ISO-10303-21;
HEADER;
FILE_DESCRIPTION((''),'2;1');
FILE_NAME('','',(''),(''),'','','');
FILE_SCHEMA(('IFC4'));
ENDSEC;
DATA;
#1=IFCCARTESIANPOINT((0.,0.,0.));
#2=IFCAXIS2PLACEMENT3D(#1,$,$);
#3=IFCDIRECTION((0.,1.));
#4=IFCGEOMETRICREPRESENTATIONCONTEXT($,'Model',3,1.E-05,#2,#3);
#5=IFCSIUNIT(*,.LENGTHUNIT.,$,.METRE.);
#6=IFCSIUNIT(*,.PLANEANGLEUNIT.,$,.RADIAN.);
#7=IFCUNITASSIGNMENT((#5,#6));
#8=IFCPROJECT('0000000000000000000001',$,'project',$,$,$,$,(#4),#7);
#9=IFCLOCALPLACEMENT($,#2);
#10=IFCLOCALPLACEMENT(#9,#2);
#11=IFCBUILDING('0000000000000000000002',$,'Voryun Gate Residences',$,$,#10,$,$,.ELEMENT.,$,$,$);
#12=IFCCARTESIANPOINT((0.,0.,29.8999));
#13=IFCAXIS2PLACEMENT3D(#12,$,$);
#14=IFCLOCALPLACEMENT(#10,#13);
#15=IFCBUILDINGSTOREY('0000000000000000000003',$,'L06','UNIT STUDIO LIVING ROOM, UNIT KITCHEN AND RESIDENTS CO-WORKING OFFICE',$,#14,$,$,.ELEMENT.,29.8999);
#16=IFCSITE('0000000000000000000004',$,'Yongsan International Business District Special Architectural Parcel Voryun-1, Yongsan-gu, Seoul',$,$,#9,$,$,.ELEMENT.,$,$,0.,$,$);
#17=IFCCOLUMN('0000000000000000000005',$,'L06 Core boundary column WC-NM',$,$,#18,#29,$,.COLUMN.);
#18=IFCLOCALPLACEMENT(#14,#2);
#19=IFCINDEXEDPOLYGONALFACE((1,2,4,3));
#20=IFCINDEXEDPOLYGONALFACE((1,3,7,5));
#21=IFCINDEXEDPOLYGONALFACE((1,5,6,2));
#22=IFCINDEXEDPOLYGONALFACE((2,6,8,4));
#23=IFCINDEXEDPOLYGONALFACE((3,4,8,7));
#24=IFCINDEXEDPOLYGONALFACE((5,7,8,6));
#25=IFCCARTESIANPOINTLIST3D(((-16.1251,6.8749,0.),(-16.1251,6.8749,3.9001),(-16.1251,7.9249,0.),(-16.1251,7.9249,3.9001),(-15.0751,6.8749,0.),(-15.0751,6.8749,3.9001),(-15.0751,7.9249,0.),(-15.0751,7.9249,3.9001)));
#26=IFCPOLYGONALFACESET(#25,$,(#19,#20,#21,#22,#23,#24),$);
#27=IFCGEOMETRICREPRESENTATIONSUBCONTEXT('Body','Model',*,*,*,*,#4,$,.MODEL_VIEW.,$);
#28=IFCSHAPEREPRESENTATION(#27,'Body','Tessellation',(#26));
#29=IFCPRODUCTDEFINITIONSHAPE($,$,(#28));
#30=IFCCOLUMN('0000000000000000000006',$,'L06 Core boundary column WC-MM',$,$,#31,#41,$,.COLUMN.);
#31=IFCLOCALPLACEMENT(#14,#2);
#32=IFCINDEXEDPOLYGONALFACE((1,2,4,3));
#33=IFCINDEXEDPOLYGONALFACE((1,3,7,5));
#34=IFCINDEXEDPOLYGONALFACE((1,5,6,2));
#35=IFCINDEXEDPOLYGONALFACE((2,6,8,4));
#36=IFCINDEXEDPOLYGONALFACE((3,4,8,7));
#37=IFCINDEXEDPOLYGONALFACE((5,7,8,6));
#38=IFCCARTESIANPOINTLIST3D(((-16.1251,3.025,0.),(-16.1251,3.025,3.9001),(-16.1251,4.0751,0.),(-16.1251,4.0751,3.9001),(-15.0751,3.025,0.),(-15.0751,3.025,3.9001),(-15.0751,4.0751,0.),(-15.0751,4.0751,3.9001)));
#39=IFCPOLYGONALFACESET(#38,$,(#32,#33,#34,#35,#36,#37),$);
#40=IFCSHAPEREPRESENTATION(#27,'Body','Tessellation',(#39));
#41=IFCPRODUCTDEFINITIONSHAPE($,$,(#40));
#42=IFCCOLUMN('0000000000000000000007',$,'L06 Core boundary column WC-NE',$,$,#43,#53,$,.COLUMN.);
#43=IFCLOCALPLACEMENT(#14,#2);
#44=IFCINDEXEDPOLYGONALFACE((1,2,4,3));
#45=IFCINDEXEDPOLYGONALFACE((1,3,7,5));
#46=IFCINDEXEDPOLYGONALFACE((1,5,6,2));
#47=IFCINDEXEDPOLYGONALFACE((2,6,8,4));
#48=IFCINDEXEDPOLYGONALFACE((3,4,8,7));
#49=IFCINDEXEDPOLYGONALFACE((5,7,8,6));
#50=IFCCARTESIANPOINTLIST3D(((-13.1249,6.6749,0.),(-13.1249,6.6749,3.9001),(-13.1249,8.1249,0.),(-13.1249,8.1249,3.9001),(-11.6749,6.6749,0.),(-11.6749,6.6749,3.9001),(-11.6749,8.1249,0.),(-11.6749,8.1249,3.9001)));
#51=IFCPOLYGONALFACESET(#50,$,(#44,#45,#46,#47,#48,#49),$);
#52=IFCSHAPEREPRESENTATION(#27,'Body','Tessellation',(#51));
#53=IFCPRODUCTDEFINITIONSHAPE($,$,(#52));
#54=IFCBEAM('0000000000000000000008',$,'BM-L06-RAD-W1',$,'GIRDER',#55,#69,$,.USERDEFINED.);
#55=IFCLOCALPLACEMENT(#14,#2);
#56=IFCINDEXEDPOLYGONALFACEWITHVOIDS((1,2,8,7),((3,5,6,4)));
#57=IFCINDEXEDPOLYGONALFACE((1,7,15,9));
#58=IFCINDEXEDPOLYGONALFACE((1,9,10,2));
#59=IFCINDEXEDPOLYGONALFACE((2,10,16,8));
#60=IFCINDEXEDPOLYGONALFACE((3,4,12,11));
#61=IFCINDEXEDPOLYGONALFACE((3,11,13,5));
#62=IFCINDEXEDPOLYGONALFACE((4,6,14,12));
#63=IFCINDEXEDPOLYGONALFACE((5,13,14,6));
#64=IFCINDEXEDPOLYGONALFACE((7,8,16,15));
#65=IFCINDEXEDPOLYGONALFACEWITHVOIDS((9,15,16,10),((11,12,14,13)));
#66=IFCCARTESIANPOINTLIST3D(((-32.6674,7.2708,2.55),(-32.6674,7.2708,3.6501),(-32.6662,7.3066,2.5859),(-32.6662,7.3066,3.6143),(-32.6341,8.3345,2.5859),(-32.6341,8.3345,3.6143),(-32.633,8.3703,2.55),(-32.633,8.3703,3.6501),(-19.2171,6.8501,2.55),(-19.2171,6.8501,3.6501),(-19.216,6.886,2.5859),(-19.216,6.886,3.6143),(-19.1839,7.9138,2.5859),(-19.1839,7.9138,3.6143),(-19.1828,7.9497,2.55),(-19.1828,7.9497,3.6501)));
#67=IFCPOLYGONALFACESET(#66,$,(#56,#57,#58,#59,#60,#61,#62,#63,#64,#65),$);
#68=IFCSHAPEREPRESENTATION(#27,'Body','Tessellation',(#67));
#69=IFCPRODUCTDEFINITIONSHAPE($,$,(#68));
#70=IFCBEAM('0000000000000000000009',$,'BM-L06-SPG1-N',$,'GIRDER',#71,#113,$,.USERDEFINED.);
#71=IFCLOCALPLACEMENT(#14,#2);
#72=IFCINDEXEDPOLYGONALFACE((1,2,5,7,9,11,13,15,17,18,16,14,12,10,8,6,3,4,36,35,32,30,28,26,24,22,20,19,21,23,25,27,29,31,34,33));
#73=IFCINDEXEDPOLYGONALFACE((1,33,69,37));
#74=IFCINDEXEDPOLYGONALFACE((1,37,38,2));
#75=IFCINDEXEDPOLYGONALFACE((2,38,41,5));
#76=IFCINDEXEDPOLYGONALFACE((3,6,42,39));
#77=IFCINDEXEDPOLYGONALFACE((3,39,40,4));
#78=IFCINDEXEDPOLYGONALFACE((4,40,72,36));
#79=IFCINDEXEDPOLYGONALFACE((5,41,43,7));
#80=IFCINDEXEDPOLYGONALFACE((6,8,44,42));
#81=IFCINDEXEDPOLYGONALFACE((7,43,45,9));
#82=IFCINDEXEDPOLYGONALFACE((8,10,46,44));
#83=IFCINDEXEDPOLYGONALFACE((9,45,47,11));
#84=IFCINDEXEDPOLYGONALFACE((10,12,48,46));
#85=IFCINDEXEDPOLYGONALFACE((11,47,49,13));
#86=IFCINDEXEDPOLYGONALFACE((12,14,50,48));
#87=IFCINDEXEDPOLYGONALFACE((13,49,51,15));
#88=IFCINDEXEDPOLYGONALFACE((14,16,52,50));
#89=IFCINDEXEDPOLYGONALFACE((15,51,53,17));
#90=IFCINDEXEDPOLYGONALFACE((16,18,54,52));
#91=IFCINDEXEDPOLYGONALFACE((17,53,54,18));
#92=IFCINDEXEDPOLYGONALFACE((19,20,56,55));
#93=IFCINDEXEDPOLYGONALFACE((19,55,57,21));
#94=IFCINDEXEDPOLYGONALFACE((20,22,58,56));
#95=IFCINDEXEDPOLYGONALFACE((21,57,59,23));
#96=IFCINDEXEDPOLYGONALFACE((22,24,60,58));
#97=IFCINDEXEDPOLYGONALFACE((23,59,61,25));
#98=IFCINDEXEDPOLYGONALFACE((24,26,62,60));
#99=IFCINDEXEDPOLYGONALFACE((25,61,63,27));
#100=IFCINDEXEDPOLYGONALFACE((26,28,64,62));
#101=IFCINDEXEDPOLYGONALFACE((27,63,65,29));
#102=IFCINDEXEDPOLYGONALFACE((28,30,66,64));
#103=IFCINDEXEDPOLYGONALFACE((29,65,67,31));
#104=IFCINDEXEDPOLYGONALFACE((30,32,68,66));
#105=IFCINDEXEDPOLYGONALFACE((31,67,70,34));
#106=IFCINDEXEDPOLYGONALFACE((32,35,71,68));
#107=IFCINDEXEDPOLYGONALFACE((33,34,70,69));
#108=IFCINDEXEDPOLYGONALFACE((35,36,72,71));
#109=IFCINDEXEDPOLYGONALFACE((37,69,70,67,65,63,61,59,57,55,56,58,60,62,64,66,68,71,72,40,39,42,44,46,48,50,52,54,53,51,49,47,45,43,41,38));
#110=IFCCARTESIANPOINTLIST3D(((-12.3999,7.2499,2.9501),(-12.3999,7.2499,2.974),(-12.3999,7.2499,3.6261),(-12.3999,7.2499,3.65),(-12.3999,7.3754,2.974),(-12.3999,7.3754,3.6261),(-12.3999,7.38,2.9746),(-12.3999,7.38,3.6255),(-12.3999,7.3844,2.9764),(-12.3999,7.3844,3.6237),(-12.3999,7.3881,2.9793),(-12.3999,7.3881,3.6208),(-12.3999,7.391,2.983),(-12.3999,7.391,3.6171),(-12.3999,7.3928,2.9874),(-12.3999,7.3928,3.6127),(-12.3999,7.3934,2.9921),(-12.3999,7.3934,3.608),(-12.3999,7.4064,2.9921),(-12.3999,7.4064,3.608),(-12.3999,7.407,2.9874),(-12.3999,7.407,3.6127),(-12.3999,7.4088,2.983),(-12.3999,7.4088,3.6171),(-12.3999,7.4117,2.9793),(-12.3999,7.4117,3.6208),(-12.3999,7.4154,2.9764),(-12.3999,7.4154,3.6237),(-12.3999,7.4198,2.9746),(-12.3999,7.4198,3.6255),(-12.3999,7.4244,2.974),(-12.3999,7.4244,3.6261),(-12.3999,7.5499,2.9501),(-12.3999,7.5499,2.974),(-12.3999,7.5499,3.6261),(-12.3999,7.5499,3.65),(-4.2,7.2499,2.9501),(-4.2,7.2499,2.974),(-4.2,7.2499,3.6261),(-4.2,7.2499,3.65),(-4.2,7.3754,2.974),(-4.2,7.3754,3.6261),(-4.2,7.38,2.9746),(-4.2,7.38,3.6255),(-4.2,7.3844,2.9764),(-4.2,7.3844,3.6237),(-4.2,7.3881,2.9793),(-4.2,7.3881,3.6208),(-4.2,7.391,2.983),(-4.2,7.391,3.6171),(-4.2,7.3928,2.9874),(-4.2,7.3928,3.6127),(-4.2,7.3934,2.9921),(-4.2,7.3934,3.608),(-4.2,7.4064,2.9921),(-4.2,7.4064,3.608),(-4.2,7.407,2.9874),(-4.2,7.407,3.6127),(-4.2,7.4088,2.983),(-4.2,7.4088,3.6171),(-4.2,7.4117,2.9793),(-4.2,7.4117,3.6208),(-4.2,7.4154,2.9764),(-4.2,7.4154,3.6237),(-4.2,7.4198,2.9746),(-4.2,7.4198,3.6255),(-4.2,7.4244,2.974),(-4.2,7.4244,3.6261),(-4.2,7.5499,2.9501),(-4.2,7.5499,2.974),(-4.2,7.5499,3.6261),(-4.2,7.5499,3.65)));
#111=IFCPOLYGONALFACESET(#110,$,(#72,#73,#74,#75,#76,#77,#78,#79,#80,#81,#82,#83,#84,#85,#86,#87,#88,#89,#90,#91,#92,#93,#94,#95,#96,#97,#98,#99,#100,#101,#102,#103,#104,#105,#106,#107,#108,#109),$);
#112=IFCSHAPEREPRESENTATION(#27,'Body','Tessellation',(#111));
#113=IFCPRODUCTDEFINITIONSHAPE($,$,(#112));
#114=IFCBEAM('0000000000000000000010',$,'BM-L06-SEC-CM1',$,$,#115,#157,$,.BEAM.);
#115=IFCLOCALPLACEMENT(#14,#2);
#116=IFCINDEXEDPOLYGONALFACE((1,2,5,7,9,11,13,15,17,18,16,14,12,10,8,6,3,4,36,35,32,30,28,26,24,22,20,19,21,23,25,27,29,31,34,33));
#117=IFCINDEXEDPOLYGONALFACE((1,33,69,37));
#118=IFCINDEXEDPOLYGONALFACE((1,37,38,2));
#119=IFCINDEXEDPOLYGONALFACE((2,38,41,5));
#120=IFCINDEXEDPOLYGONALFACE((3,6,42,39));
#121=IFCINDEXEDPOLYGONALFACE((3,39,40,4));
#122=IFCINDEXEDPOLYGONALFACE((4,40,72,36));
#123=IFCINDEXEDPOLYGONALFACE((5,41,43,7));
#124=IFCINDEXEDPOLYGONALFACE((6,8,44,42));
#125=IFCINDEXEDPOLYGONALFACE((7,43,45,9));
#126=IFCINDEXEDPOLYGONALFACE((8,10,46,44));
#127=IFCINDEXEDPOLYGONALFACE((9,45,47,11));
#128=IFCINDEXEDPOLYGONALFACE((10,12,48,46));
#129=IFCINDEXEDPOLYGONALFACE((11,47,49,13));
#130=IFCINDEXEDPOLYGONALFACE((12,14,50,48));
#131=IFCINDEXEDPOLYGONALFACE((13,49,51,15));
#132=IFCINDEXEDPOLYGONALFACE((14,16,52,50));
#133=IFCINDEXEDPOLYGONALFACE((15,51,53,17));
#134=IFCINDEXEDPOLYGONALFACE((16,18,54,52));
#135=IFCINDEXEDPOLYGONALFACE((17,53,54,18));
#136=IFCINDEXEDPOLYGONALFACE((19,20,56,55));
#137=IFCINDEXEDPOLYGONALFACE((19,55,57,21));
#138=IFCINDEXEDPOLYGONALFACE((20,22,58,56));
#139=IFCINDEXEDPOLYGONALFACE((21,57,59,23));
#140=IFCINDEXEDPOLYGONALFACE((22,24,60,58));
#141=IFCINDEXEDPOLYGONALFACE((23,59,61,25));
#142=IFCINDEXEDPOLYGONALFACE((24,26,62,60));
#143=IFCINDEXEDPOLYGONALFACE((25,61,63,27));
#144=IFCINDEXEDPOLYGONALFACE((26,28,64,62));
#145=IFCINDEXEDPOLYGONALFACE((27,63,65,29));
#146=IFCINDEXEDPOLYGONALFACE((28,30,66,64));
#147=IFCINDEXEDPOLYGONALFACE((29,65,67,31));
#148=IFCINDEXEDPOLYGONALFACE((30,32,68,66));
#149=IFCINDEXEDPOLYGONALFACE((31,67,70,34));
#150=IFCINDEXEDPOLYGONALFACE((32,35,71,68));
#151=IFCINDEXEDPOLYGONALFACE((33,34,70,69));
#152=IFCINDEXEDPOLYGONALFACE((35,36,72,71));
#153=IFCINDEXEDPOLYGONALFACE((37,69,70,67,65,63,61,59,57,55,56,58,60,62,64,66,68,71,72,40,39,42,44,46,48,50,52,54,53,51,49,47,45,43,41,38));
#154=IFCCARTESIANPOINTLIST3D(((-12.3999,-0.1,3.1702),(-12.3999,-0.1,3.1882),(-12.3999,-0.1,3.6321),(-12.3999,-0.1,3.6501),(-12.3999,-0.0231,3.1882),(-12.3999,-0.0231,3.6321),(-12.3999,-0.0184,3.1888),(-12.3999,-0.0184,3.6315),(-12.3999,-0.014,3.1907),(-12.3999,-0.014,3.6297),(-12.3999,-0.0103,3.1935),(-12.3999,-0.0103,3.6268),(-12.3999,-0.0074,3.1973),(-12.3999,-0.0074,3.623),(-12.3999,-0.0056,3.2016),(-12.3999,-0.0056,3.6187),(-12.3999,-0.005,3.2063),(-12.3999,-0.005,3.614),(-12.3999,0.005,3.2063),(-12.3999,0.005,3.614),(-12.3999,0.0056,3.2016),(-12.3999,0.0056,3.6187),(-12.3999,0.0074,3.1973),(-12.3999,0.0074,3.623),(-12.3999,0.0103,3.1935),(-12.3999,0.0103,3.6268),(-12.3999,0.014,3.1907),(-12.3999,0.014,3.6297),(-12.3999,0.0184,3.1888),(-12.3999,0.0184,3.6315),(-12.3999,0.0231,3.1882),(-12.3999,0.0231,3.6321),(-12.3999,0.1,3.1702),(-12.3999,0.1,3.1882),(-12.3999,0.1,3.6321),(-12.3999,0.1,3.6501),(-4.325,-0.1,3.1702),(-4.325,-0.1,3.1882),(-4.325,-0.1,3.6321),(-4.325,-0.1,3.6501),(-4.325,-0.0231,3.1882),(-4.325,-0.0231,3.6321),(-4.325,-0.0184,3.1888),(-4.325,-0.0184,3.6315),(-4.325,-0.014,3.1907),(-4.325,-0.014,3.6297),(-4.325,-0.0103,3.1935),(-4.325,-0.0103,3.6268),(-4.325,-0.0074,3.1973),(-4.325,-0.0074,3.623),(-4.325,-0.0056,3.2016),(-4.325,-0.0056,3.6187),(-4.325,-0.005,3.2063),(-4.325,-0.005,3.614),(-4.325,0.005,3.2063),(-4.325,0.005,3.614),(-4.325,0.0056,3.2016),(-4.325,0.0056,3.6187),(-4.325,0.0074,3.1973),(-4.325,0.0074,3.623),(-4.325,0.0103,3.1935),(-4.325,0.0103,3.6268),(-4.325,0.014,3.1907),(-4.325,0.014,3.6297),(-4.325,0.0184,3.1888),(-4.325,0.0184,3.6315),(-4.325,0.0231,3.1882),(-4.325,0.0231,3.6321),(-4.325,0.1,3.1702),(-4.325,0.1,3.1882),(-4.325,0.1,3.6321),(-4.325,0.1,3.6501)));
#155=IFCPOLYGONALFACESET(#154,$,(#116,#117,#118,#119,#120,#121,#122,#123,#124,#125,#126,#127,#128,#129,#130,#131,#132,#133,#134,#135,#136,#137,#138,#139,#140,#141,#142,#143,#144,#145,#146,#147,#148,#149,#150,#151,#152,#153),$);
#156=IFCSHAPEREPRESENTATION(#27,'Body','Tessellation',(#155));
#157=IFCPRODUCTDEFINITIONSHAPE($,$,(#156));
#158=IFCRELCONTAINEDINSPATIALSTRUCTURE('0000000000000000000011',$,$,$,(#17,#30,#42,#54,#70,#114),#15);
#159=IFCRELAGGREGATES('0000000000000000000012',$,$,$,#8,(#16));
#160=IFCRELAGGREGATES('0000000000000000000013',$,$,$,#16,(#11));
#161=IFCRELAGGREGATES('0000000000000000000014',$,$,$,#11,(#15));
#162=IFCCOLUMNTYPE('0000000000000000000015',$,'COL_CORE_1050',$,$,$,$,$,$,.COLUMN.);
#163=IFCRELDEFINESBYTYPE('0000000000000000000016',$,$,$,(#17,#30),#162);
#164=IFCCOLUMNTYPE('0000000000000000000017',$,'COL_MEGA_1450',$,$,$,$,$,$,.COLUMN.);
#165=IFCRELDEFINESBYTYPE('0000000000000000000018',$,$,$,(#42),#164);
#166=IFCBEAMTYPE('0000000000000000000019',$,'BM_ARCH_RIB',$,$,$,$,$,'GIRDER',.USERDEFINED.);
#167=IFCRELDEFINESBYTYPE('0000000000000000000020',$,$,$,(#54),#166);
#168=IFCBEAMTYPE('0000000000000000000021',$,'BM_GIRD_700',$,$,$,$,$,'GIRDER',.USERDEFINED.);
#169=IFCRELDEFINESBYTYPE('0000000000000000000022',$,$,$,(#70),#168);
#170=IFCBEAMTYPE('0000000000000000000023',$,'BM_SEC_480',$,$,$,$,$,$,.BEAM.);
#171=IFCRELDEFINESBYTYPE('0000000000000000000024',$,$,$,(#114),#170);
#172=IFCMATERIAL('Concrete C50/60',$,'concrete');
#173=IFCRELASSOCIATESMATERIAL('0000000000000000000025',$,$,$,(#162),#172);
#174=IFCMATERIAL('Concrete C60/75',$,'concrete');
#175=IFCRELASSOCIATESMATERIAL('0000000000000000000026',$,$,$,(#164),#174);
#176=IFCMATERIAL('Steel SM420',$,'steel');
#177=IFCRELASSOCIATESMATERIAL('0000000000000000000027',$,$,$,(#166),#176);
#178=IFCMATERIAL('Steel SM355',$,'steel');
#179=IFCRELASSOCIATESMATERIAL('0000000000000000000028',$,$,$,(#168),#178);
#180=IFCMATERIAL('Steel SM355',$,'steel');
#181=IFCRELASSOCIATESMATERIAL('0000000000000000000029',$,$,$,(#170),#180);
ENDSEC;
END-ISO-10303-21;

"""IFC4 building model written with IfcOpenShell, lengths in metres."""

from ifc_helpers import new_model, si_unit, direction, frame, origin, origin_2d, place, context, subcontext, project, spatial, rectangle, hollow_rectangle, i_section, extrude, material, material_profile, profile_set, type_object, element, save


model = new_model("IFC4")

# Units and contexts
model_context = context("Model", 3, precision=1e-05, world=origin(), true_north=direction((0.0, 1.0)))
body_context = subcontext(model_context, "Body", "Model", "MODEL_VIEW")
ifc_project = project(units=[si_unit("LENGTHUNIT", "METRE"), si_unit("PLANEANGLEUNIT", "RADIAN")], contexts=[model_context])

# Site, building, storey
site_placement = place(None, origin())
site = spatial("IfcSite", under=ifc_project, at=site_placement, Name="Yongsan International Business District Special Architectural Parcel Voryun-1, Yongsan-gu, Seoul", CompositionType="ELEMENT", RefElevation=0.0)
building_placement = place(site_placement, origin())
building = spatial("IfcBuilding", under=site, at=building_placement, Name="Voryun Gate Residences", CompositionType="ELEMENT")
storey_placement = place(building_placement, frame((0.0, 0.0, 29.8999)))
storey = spatial("IfcBuildingStorey", under=building, at=storey_placement, Name="L06", Description="UNIT STUDIO LIVING ROOM, UNIT KITCHEN AND RESIDENTS CO-WORKING OFFICE", CompositionType="ELEMENT", Elevation=29.8999)

# Columns
ifc_material_1 = material(Name="Concrete C50/60", Category="concrete")
ifc_material_profile_1 = material_profile(ifc_material_1, rectangle(XDim=1.05, YDim=1.05, at=origin_2d()), Name="RC-1050x1050")
ifc_profile_set_1 = profile_set([ifc_material_profile_1], Name="Concrete C50/60")
column_type_1 = type_object("IfcColumnType", Name="COL_CORE_1050", PredefinedType="COLUMN", material=ifc_profile_set_1)
for number, where, z_axis, x_axis, name in (
    (1, (-15.6001, 7.3999, 0.0), (0.0, 0.0, 1.0), (1.0, 0.0, 0.0), "L06 Core boundary column WC-NM"),
    (2, (-15.6001, 3.55, 0.0), (0.0, 0.0, 1.0), (1.0, 0.0, 0.0), "L06 Core boundary column WC-MM"),
):
    element("IfcColumn", number, at=place(storey_placement, frame(where, z_axis=z_axis, x_axis=x_axis)), inside=storey, type_object=column_type_1, Name=name, PredefinedType="COLUMN", context=body_context, shape_type="SweptSolid", body=[
        extrude(rectangle(XDim=1.05, YDim=1.05, at=origin_2d()), origin(), (0.0, 0.0, 1.0), 3.9001),
    ])
ifc_material_2 = material(Name="Concrete C60/75", Category="concrete")
ifc_material_profile_2 = material_profile(ifc_material_2, rectangle(XDim=1.45, YDim=1.45, at=origin_2d()), Name="RC-1450x1450")
ifc_profile_set_2 = profile_set([ifc_material_profile_2], Name="Concrete C60/75")
column_type_2 = type_object("IfcColumnType", Name="COL_MEGA_1450", PredefinedType="COLUMN", material=ifc_profile_set_2)
column_placement = place(storey_placement, frame((-12.3999, 7.3999, 0.0), z_axis=(0.0, 0.0, 1.0), x_axis=(1.0, 0.0, 0.0)))
element("IfcColumn", 3, at=column_placement, inside=storey, type_object=column_type_2, Name="L06 Core boundary column WC-NE", PredefinedType="COLUMN", context=body_context, shape_type="SweptSolid", body=[
    extrude(rectangle(XDim=1.45, YDim=1.45, at=origin_2d()), origin(), (0.0, 0.0, 1.0), 3.9001),
])

# Beams
ifc_material_3 = material(Name="Steel SM420", Category="steel")
ifc_material_profile_3 = material_profile(ifc_material_3, hollow_rectangle(XDim=1.1001, YDim=1.1001, WallThickness=0.0359, at=origin_2d()), Name="BOX-1100x1100x36")
ifc_profile_set_3 = profile_set([ifc_material_profile_3], Name="Steel SM420")
beam_type_1 = type_object("IfcBeamType", Name="BM_ARCH_RIB", ElementType="GIRDER", PredefinedType="USERDEFINED", material=ifc_profile_set_3)
beam_1_placement = place(storey_placement, frame((-19.2, 7.3999, 3.1001), z_axis=(-0.999511, 0.03126, 0.0), x_axis=(-0.03126, -0.999511, 0.0)))
element("IfcBeam", 4, at=beam_1_placement, inside=storey, type_object=beam_type_1, Name="BM-L06-RAD-W1", ObjectType="GIRDER", PredefinedType="USERDEFINED", context=body_context, shape_type="SweptSolid", body=[
    extrude(hollow_rectangle(XDim=1.1001, YDim=1.1001, WallThickness=0.0359, at=origin_2d()), origin(), (0.0, 0.0, 1.0), 13.4568),
])
ifc_material_4 = material(Name="Steel SM355", Category="steel")
ifc_material_profile_4 = material_profile(ifc_material_4, i_section(OverallWidth=0.3, OverallDepth=0.7, WebThickness=0.0129, FlangeThickness=0.0239, FilletRadius=0.0181, at=origin_2d()), Name="H-700x300x13x24")
ifc_profile_set_4 = profile_set([ifc_material_profile_4], Name="Steel SM355")
beam_type_2 = type_object("IfcBeamType", Name="BM_GIRD_700", ElementType="GIRDER", PredefinedType="USERDEFINED", material=ifc_profile_set_4)
beam_2_placement = place(storey_placement, frame((-12.3999, 7.3999, 3.3), z_axis=(1.0, 0.0, 0.0), x_axis=(0.0, 1.0, 0.0)))
element("IfcBeam", 5, at=beam_2_placement, inside=storey, type_object=beam_type_2, Name="BM-L06-SPG1-N", ObjectType="GIRDER", PredefinedType="USERDEFINED", context=body_context, shape_type="SweptSolid", body=[
    extrude(i_section(OverallWidth=0.3, OverallDepth=0.7, WebThickness=0.0129, FlangeThickness=0.0239, FilletRadius=0.0181, at=origin_2d()), origin(), (0.0, 0.0, 1.0), 8.2),
])
ifc_material_5 = material(Name="Steel SM355", Category="steel")
ifc_material_profile_5 = material_profile(ifc_material_5, i_section(OverallWidth=0.2, OverallDepth=0.48, WebThickness=0.01, FlangeThickness=0.0181, FilletRadius=0.0181, at=origin_2d()), Name="H-480x200x10x18")
ifc_profile_set_5 = profile_set([ifc_material_profile_5], Name="Steel SM355")
beam_type_3 = type_object("IfcBeamType", Name="BM_SEC_480", PredefinedType="BEAM", material=ifc_profile_set_5)
for number, where, z_axis, x_axis, name in (
    (6, (-12.3999, 0.0, 3.4102), (1.0, 0.0, 0.0), (0.0, 1.0, 0.0), "BM-L06-SEC-CM1"),
):
    element("IfcBeam", number, at=place(storey_placement, frame(where, z_axis=z_axis, x_axis=x_axis)), inside=storey, type_object=beam_type_3, Name=name, PredefinedType="BEAM", context=body_context, shape_type="SweptSolid", body=[
        extrude(i_section(OverallWidth=0.2, OverallDepth=0.48, WebThickness=0.01, FlangeThickness=0.0181, FilletRadius=0.0181, at=origin_2d()), origin(), (0.0, 0.0, 1.0), 8.075),
    ])

save(model, "model.ifc")
